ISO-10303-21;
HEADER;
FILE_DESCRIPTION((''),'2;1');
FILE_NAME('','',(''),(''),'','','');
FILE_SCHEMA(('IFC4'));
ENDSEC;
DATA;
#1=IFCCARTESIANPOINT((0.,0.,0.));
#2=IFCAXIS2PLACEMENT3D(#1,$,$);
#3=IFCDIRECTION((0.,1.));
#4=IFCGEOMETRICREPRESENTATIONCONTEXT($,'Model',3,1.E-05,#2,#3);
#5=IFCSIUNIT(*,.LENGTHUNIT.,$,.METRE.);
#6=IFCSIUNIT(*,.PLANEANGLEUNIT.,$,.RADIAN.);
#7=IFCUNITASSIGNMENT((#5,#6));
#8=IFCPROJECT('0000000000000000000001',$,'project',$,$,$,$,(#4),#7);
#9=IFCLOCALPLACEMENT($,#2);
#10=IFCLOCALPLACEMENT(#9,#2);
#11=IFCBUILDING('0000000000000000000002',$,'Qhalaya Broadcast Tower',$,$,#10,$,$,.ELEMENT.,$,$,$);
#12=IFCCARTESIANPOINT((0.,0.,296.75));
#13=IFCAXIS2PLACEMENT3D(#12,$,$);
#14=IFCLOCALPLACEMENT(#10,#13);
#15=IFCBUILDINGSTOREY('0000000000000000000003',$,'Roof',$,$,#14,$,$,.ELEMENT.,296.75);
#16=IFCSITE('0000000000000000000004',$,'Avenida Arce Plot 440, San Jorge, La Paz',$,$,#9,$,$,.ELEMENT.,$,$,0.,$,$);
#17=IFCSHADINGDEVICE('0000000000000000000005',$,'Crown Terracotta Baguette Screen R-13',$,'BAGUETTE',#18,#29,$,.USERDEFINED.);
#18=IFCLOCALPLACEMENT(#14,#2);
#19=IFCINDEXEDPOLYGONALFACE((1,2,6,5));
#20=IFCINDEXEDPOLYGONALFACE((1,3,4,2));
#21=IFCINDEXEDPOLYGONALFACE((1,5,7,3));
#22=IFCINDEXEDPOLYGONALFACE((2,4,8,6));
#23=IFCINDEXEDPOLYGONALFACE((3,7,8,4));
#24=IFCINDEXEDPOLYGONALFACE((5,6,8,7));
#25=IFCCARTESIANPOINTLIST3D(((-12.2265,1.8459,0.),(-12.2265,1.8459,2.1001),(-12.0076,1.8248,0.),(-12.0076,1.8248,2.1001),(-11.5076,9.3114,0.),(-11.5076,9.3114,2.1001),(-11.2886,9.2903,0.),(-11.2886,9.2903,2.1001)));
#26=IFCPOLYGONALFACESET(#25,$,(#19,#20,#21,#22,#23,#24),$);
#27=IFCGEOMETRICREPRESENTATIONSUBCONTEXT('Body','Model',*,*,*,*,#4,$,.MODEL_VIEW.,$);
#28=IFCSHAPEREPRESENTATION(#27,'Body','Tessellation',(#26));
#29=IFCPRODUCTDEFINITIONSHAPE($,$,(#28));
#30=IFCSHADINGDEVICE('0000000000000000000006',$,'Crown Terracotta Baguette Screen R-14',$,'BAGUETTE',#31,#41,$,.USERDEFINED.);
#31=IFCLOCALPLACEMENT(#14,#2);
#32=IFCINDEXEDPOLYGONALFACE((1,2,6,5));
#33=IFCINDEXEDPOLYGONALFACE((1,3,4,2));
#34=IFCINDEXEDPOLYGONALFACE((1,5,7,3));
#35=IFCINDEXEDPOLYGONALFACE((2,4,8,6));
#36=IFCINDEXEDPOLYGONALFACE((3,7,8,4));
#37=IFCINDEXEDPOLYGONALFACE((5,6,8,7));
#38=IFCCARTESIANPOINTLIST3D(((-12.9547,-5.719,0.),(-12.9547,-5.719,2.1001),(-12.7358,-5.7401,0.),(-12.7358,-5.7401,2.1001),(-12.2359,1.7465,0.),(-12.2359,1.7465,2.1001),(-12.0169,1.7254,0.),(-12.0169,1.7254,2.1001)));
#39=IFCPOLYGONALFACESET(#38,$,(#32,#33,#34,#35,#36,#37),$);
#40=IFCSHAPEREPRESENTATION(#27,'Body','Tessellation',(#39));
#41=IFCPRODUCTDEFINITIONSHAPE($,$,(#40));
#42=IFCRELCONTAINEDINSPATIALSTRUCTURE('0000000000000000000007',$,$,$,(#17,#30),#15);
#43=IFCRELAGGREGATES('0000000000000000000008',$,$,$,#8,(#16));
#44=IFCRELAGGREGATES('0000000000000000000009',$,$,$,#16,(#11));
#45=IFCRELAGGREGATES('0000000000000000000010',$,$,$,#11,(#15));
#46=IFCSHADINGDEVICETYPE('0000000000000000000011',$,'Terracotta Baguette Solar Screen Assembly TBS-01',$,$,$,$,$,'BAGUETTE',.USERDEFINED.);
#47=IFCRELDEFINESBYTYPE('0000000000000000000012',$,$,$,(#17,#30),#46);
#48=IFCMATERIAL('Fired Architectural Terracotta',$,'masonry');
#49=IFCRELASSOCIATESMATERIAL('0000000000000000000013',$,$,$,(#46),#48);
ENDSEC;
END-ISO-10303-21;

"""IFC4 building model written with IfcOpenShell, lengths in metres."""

from ifc_helpers import new_model, si_unit, direction, frame, origin, origin_2d, place, context, subcontext, project, spatial, rectangle, extrude, material, type_object, element, save


model = new_model("IFC4")

# Units and contexts
model_context = context("Model", 3, precision=1e-05, world=origin(), true_north=direction((0.0, 1.0)))
body_context = subcontext(model_context, "Body", "Model", "MODEL_VIEW")
ifc_project = project(units=[si_unit("LENGTHUNIT", "METRE"), si_unit("PLANEANGLEUNIT", "RADIAN")], contexts=[model_context])

# Site, building, storey
site_placement = place(None, origin())
site = spatial("IfcSite", under=ifc_project, at=site_placement, Name="Avenida Arce Plot 440, San Jorge, La Paz", CompositionType="ELEMENT", RefElevation=0.0)
building_placement = place(site_placement, origin())
building = spatial("IfcBuilding", under=site, at=building_placement, Name="Qhalaya Broadcast Tower", CompositionType="ELEMENT")
storey_placement = place(building_placement, frame((0.0, 0.0, 296.75)))
storey = spatial("IfcBuildingStorey", under=building, at=storey_placement, Name="Roof", CompositionType="ELEMENT", Elevation=296.75)

# Shading devices
ifc_material_1 = material(Name="Fired Architectural Terracotta", Category="masonry")
shading_device_type = type_object("IfcShadingDeviceType", Name="Terracotta Baguette Solar Screen Assembly TBS-01", ElementType="BAGUETTE", PredefinedType="USERDEFINED", material=ifc_material_1)
for number, where, z_axis, x_axis, name in (
    (1, (-11.7576, 5.5681, 0.0), (0.0, 0.0, 1.0), (-0.095863, -0.995395, 0.0), "Crown Terracotta Baguette Screen R-13"),
    (2, (-12.4858, -1.9968, 0.0), (0.0, 0.0, 1.0), (-0.095846, -0.995396, 0.0), "Crown Terracotta Baguette Screen R-14"),
):
    element("IfcShadingDevice", number, at=place(storey_placement, frame(where, z_axis=z_axis, x_axis=x_axis)), inside=storey, type_object=shading_device_type, Name=name, ObjectType="BAGUETTE", PredefinedType="USERDEFINED", context=body_context, shape_type="SweptSolid", body=[
        extrude(rectangle(XDim=7.5, YDim=0.22, at=origin_2d()), origin(), (0.0, 0.0, 1.0), 2.1001),
    ])

save(model, "model.ifc")
